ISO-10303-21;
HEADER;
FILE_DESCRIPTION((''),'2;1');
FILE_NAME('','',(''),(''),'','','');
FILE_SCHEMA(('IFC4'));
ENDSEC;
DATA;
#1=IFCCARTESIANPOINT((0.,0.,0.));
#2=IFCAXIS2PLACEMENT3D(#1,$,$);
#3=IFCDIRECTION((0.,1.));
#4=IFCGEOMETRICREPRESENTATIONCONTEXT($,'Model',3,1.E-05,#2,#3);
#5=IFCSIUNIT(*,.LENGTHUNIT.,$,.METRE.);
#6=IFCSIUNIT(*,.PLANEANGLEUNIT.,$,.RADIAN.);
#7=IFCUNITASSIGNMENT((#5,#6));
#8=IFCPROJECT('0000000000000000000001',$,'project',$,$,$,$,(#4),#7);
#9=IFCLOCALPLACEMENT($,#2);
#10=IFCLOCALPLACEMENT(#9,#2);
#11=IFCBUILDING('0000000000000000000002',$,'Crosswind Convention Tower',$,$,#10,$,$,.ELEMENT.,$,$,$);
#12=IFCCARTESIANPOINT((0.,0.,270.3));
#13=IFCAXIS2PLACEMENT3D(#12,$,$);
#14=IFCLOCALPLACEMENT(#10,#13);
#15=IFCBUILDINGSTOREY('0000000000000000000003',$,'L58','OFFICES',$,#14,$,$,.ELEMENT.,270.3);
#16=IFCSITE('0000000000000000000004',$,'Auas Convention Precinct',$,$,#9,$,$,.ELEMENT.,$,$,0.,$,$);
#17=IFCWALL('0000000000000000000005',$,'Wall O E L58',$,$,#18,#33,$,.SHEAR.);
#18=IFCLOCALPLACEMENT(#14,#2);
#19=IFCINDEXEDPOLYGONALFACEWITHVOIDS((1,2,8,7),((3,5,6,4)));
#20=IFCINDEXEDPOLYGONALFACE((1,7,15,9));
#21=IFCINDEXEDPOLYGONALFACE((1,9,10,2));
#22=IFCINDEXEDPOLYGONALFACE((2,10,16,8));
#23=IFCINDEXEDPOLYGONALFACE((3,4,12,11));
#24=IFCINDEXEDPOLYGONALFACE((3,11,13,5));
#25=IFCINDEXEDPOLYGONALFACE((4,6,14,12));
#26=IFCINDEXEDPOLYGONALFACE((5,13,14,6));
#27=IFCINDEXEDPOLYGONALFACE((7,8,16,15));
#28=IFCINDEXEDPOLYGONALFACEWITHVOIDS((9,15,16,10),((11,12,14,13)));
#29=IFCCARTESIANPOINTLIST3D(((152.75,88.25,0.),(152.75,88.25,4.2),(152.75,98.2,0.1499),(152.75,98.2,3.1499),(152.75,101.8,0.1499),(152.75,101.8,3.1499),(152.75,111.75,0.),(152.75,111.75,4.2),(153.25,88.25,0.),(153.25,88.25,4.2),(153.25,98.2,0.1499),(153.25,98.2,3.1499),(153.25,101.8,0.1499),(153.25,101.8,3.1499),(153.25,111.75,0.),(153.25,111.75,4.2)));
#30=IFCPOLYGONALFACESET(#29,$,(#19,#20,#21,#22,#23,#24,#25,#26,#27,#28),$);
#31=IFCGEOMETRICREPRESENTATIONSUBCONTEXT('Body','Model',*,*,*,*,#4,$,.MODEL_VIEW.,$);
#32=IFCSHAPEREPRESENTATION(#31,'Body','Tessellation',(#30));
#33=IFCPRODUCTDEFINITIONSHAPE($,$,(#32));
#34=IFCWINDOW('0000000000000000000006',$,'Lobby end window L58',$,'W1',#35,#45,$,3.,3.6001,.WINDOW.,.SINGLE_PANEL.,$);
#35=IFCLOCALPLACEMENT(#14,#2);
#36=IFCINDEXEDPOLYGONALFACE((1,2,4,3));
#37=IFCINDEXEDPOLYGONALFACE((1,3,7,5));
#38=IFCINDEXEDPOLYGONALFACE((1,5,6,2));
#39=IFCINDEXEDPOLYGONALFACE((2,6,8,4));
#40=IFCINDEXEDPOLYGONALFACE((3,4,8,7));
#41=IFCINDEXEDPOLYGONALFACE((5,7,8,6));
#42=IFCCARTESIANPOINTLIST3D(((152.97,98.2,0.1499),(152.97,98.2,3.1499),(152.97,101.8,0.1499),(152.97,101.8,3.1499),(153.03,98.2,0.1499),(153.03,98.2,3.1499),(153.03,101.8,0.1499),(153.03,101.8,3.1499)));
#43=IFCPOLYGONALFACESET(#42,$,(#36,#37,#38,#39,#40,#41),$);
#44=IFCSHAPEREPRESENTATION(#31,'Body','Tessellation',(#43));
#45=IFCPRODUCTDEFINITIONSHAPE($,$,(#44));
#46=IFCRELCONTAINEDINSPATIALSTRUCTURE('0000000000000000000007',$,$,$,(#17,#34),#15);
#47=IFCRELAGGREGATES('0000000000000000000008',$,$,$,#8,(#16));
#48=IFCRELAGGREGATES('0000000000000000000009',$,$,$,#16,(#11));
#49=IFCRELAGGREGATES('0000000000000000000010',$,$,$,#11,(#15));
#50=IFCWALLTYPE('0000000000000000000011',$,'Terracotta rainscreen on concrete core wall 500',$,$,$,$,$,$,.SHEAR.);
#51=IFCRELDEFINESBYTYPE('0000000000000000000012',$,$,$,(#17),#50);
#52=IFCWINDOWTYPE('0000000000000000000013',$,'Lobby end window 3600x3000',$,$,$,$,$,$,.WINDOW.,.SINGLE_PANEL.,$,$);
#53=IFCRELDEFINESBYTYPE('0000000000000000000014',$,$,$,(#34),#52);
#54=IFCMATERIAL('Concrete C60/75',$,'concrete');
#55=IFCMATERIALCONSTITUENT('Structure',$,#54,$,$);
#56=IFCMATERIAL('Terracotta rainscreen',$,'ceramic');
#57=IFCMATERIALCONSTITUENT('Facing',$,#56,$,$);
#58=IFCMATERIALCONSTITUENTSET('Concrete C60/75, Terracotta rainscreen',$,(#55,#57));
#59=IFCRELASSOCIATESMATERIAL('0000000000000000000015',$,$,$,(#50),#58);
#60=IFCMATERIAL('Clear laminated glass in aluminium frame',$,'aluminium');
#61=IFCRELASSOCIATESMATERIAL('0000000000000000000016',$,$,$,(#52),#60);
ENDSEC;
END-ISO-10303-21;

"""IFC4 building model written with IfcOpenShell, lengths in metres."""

from ifc_helpers import new_model, si_unit, direction, frame, frame_2d, origin, place, context, subcontext, project, spatial, rectangle, extrude, material, constituent, constituent_set, type_object, element, fill, save


model = new_model("IFC4")

# Units and contexts
model_context = context("Model", 3, precision=1e-05, world=origin(), true_north=direction((0.0, 1.0)))
body_context = subcontext(model_context, "Body", "Model", "MODEL_VIEW")
ifc_project = project(units=[si_unit("LENGTHUNIT", "METRE"), si_unit("PLANEANGLEUNIT", "RADIAN")], contexts=[model_context])

# Site, building, storey
site_placement = place(None, origin())
site = spatial("IfcSite", under=ifc_project, at=site_placement, Name="Auas Convention Precinct", CompositionType="ELEMENT", RefElevation=0.0)
building_placement = place(site_placement, origin())
building = spatial("IfcBuilding", under=site, at=building_placement, Name="Crosswind Convention Tower", CompositionType="ELEMENT")
storey_placement = place(building_placement, frame((0.0, 0.0, 270.3)))
storey = spatial("IfcBuildingStorey", under=building, at=storey_placement, Name="L58", Description="OFFICES", CompositionType="ELEMENT", Elevation=270.3)

# Wall, opening, window
ifc_material_1 = material(Name="Concrete C60/75", Category="concrete")
ifc_constituent_1 = constituent(ifc_material_1, Name="Structure")
ifc_material_2 = material(Name="Terracotta rainscreen", Category="ceramic")
ifc_constituent_2 = constituent(ifc_material_2, Name="Facing")
ifc_constituent_set = constituent_set(constituents=[ifc_constituent_1, ifc_constituent_2], Name="Concrete C60/75, Terracotta rainscreen")
wall_type_1 = type_object("IfcWallType", Name="Terracotta rainscreen on concrete core wall 500", PredefinedType="SHEAR", material=ifc_constituent_set)
wall_1_placement = place(storey_placement, frame((153.0, 88.25, 0.0), z_axis=(0.0, 0.0, 1.0), x_axis=(0.0, 1.0, 0.0)))
wall_1 = element("IfcWall", 1, at=wall_1_placement, inside=storey, type_object=wall_type_1, Name="Wall O E L58", PredefinedType="SHEAR", context=body_context, shape_type="SweptSolid", body=[
    extrude(rectangle(XDim=23.5, YDim=0.5, at=frame_2d((11.75, 0.0))), origin(), (0.0, 0.0, 1.0), 4.2),
])
opening_1_placement = place(wall_1_placement, frame((9.95, 0.0, 0.1499)))
opening_1 = element("IfcOpeningElement", 2, at=opening_1_placement, cuts=wall_1, PredefinedType="OPENING", context=body_context, shape_type="SweptSolid", body=[
    extrude(rectangle(XDim=3.6001, YDim=3.0, at=frame_2d((1.8, 1.5))), frame((0.0, 0.26, 0.0), z_axis=(0.0, -1.0, 0.0), x_axis=(1.0, 0.0, 0.0)), (0.0, 0.0, 1.0), 0.52),
])
ifc_material_3 = material(Name="Clear laminated glass in aluminium frame", Category="aluminium")
window_type = type_object("IfcWindowType", Name="Lobby end window 3600x3000", PartitioningType="SINGLE_PANEL", PredefinedType="WINDOW", material=ifc_material_3)
window_placement = place(opening_1_placement, origin())
window = element("IfcWindow", 3, at=window_placement, inside=storey, type_object=window_type, Name="Lobby end window L58", ObjectType="W1", OverallHeight=3.0, OverallWidth=3.6001, PartitioningType="SINGLE_PANEL", PredefinedType="WINDOW", context=body_context, shape_type="SweptSolid", body=[
    extrude(rectangle(XDim=3.6001, YDim=3.0, at=frame_2d((1.8, 1.5))), frame((0.0, 0.03, 0.0), z_axis=(0.0, -1.0, 0.0), x_axis=(1.0, 0.0, 0.0)), (0.0, 0.0, 1.0), 0.0601),
])
fill(opening_1, window)

save(model, "model.ifc")
